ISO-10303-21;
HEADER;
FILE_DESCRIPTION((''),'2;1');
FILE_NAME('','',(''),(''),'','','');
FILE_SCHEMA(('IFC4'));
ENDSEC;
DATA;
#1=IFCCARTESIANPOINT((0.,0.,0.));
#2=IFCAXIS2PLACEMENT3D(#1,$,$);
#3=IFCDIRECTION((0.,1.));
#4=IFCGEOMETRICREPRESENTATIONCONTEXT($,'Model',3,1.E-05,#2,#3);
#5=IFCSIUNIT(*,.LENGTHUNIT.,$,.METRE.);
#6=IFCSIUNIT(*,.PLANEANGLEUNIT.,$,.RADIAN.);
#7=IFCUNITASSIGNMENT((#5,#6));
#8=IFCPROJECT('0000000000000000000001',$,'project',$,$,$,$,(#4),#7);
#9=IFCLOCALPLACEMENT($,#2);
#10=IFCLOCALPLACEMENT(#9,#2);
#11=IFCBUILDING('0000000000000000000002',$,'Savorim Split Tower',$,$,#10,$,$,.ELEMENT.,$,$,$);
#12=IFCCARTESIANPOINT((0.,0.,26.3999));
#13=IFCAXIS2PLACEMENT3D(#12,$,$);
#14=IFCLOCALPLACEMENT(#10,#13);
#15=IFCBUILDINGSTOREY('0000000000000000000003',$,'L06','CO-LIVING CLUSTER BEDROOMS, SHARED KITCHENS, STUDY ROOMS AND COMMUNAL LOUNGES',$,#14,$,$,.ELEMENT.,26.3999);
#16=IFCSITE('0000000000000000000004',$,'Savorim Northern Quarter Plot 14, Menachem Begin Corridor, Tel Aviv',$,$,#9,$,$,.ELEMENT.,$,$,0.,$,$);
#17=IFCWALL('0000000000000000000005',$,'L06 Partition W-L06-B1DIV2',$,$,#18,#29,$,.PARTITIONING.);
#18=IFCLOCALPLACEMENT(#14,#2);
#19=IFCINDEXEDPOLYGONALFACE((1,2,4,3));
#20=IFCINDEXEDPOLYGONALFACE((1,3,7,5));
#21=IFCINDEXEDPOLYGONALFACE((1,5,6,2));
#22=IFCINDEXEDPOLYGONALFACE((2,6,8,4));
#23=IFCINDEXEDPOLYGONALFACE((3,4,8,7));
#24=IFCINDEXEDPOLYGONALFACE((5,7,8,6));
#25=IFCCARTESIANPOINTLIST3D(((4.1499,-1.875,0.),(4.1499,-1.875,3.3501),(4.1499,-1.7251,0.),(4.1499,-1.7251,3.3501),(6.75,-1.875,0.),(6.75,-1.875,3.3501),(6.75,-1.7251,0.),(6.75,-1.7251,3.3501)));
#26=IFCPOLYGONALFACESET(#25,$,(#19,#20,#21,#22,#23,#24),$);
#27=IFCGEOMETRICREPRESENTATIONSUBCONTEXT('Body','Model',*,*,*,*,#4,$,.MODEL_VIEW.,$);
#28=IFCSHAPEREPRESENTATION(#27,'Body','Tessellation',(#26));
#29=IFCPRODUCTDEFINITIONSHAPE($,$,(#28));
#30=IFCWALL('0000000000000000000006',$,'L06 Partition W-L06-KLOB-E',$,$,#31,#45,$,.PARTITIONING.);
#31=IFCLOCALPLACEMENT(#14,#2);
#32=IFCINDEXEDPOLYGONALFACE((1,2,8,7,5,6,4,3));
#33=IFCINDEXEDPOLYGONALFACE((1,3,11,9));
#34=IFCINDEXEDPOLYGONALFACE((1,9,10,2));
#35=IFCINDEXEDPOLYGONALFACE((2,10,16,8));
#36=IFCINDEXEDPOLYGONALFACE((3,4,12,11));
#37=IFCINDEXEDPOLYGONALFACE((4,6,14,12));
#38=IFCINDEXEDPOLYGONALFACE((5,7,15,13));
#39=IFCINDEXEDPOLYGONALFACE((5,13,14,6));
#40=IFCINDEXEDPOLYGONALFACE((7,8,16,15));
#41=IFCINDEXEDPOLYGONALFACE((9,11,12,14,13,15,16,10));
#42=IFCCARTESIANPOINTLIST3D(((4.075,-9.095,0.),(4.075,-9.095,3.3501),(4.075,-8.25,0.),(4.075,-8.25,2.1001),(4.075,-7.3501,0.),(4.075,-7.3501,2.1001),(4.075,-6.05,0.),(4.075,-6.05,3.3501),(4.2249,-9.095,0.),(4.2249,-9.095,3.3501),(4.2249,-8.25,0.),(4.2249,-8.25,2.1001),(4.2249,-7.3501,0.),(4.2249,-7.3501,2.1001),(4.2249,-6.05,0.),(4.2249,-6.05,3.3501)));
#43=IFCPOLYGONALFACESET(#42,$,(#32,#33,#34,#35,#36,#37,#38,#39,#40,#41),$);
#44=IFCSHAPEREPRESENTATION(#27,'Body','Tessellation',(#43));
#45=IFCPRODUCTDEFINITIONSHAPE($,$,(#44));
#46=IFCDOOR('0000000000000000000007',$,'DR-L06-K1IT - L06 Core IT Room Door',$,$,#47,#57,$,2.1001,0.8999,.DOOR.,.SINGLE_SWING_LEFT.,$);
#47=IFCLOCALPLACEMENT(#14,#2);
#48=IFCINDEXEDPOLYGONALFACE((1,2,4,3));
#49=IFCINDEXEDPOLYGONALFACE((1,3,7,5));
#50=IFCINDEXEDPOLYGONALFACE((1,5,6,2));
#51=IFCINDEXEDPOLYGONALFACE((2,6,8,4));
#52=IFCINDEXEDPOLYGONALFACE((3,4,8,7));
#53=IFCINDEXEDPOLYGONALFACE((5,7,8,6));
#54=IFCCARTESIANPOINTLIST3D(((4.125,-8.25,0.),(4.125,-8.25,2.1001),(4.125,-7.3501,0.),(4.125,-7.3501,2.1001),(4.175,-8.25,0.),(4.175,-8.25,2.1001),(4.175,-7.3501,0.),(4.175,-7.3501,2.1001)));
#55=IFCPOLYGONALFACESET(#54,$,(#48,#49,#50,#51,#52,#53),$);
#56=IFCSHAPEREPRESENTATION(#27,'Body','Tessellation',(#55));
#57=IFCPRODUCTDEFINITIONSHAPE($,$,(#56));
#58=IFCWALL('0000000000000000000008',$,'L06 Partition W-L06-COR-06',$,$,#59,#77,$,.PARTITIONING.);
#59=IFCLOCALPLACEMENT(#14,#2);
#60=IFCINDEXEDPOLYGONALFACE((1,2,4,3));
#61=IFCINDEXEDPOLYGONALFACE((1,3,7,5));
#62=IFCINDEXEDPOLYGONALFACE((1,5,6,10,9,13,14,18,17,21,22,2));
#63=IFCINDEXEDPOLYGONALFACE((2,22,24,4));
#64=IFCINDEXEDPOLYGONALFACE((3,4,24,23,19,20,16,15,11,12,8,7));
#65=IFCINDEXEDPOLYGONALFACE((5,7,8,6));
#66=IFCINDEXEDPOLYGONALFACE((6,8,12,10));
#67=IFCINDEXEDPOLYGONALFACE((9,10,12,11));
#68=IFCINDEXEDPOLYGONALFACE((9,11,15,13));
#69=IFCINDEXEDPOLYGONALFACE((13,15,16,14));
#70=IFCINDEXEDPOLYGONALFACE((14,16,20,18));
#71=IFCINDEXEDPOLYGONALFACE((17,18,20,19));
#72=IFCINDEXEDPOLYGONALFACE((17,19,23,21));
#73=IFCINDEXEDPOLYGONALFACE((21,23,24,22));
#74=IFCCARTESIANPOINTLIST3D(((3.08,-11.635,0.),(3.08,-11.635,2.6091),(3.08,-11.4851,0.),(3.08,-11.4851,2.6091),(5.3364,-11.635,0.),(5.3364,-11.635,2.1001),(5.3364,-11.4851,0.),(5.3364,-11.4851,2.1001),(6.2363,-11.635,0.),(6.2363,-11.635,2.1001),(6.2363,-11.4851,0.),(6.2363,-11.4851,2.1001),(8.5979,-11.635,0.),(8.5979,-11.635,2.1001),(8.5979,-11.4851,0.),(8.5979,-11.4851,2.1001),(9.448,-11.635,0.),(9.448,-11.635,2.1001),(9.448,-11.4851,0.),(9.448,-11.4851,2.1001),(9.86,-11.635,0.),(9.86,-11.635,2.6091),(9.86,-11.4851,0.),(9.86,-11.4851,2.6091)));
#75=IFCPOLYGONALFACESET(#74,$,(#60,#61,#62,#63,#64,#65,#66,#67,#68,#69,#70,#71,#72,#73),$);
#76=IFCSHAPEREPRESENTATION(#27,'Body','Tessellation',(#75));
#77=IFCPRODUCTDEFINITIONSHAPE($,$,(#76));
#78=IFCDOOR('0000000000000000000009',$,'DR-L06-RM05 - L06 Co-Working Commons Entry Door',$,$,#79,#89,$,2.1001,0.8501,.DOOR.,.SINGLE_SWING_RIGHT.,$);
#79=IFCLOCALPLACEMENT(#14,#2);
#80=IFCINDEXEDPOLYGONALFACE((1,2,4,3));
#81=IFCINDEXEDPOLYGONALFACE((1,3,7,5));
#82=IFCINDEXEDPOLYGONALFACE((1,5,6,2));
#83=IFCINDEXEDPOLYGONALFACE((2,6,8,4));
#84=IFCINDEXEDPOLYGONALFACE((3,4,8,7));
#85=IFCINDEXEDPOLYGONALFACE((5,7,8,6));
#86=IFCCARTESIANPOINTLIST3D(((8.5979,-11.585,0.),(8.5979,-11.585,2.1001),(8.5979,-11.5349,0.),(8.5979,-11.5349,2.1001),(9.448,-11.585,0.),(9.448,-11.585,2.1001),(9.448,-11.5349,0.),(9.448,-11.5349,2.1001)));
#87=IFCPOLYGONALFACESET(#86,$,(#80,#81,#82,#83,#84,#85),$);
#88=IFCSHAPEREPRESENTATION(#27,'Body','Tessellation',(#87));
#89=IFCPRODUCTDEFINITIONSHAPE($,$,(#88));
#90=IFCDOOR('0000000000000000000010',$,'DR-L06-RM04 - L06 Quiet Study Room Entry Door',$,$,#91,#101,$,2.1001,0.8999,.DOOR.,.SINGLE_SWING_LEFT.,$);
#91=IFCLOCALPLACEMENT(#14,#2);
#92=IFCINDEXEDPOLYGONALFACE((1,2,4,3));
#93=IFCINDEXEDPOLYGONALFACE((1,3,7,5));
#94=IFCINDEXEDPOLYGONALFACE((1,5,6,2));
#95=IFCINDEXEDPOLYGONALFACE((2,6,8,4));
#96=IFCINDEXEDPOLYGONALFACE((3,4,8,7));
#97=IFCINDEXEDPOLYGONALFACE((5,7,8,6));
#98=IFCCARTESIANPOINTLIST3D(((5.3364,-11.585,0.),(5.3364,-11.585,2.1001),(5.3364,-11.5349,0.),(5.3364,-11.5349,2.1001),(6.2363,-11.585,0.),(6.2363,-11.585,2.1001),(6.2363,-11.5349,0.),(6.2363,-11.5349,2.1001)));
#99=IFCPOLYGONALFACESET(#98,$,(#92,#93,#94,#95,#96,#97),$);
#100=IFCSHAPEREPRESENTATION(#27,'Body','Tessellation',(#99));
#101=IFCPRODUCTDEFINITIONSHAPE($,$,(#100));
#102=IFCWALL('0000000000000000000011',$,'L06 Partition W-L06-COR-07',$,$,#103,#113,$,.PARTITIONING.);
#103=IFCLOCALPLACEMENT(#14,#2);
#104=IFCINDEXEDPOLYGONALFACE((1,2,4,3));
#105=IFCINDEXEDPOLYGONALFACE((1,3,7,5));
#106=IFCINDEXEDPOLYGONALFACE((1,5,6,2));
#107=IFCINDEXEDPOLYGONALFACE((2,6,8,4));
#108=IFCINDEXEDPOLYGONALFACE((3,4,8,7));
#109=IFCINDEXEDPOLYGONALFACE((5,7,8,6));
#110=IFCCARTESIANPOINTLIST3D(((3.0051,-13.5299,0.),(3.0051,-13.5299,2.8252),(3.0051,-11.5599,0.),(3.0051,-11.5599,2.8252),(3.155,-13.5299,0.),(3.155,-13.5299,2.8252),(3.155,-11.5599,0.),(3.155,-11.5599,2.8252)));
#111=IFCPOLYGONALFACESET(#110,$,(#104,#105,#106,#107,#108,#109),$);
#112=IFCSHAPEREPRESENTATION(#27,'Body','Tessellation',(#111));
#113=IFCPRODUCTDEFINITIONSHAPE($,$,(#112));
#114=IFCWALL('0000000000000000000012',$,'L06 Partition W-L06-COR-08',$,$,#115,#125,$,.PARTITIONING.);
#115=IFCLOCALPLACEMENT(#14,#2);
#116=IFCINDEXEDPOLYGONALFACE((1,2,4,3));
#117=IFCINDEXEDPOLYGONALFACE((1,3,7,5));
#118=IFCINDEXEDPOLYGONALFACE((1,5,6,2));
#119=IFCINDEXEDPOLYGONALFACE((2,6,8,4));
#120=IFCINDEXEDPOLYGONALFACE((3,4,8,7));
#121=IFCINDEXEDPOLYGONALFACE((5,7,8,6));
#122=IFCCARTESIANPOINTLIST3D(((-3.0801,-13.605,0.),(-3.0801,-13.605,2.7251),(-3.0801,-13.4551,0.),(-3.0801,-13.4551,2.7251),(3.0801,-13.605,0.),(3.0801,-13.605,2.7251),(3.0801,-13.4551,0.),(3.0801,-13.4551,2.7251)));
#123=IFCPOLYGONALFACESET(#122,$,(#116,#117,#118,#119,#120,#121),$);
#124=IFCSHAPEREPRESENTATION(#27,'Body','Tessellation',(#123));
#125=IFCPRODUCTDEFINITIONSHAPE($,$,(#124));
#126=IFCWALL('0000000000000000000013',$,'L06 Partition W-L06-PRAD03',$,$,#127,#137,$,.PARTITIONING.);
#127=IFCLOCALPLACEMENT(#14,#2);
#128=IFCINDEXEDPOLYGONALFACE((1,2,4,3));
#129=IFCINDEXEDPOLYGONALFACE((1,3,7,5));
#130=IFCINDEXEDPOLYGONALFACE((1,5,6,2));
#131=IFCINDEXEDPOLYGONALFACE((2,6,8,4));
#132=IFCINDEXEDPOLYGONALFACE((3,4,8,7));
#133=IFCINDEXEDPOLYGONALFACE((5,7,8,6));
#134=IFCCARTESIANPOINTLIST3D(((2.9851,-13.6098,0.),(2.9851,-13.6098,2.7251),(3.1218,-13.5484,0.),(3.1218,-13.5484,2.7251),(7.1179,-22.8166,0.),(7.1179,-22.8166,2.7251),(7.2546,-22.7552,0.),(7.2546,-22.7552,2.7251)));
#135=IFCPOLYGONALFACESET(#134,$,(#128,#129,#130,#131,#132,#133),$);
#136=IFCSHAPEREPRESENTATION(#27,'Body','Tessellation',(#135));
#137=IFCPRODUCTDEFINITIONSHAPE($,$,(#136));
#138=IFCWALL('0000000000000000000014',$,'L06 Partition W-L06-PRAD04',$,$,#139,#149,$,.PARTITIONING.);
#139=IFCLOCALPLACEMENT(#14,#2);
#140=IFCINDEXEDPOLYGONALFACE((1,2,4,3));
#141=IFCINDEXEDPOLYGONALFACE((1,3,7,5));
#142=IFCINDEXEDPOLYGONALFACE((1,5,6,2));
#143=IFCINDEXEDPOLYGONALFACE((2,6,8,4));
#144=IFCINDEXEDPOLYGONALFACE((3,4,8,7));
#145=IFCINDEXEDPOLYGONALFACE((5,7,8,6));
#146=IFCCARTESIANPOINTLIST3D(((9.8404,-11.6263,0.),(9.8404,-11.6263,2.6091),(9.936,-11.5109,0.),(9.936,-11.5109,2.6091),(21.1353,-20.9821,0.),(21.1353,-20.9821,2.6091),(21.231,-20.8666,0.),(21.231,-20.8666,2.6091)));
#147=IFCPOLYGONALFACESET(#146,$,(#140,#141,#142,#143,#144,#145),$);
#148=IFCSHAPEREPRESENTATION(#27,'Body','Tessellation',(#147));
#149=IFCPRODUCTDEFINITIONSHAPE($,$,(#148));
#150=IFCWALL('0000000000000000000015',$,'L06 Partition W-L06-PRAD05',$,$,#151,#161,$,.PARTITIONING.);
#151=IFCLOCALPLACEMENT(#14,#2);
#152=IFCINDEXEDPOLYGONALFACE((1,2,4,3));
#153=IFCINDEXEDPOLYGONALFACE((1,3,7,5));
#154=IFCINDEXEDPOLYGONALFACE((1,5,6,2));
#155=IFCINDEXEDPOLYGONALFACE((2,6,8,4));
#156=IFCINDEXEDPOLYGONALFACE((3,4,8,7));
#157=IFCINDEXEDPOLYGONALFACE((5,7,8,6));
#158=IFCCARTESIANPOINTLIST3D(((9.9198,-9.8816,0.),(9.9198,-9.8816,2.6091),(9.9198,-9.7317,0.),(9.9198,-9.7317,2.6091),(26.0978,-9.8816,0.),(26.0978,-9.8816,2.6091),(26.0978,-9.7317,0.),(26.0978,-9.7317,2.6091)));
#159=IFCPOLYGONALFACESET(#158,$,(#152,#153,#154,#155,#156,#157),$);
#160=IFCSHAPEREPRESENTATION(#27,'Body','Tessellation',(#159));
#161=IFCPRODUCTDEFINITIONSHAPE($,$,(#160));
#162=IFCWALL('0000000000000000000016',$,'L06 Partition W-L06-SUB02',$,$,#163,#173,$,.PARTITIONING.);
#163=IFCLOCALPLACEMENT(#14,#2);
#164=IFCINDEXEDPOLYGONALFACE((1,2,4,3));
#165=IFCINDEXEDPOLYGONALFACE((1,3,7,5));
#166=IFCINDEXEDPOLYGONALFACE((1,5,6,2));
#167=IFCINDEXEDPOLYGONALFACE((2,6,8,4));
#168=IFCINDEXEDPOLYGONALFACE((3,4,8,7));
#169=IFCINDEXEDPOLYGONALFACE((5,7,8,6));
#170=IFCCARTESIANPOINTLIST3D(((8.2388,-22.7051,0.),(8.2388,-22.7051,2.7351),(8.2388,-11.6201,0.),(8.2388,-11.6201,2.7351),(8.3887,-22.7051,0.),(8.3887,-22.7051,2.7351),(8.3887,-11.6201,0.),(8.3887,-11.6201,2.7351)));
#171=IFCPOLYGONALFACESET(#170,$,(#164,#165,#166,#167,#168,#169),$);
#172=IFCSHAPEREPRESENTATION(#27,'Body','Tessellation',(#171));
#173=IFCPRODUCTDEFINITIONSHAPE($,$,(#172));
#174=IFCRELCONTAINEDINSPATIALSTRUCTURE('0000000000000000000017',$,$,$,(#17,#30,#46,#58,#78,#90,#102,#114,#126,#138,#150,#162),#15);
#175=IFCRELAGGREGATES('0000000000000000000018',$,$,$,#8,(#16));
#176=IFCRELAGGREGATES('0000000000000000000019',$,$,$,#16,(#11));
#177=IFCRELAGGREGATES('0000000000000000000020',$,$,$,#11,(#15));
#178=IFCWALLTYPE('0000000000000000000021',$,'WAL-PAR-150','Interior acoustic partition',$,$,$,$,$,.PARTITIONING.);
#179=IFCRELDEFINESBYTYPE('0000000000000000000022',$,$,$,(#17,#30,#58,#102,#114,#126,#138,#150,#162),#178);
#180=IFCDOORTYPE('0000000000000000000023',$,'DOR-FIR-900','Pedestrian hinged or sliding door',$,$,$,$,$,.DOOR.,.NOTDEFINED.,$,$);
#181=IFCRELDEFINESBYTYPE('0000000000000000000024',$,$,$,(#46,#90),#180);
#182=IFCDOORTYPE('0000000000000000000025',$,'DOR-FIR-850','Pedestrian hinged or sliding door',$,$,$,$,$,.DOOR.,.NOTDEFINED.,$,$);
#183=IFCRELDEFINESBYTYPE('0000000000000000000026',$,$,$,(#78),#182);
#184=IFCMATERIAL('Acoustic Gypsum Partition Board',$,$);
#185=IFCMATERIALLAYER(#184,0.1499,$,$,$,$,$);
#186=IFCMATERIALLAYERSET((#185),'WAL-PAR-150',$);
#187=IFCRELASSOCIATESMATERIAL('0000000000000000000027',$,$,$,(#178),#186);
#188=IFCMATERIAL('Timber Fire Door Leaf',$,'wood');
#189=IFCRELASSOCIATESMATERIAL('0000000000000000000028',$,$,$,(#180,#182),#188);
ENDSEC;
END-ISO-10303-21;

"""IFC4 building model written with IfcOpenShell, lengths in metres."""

from ifc_helpers import new_model, si_unit, direction, frame, frame_2d, origin, place, context, subcontext, project, spatial, rectangle, extrude, material, layer, layer_set, type_object, element, fill, save


model = new_model("IFC4")

# Units and contexts
model_context = context("Model", 3, precision=1e-05, world=origin(), true_north=direction((0.0, 1.0)))
body_context = subcontext(model_context, "Body", "Model", "MODEL_VIEW")
ifc_project = project(units=[si_unit("LENGTHUNIT", "METRE"), si_unit("PLANEANGLEUNIT", "RADIAN")], contexts=[model_context])

# Site, building, storey
site_placement = place(None, origin())
site = spatial("IfcSite", under=ifc_project, at=site_placement, Name="Savorim Northern Quarter Plot 14, Menachem Begin Corridor, Tel Aviv", CompositionType="ELEMENT", RefElevation=0.0)
building_placement = place(site_placement, origin())
building = spatial("IfcBuilding", under=site, at=building_placement, Name="Savorim Split Tower", CompositionType="ELEMENT")
storey_placement = place(building_placement, frame((0.0, 0.0, 26.3999)))
storey = spatial("IfcBuildingStorey", under=building, at=storey_placement, Name="L06", Description="CO-LIVING CLUSTER BEDROOMS, SHARED KITCHENS, STUDY ROOMS AND COMMUNAL LOUNGES", CompositionType="ELEMENT", Elevation=26.3999)

# Wall
ifc_material_1 = material(Name="Acoustic Gypsum Partition Board")
ifc_layer_1 = layer(ifc_material_1, 0.1499)
ifc_layer_set_1 = layer_set([ifc_layer_1], Name="WAL-PAR-150")
wall_type_1 = type_object("IfcWallType", Name="WAL-PAR-150", Description="Interior acoustic partition", PredefinedType="PARTITIONING", material=ifc_layer_set_1)
for number, where, z_axis, x_axis, name in (
    (1, (4.1499, -1.8, 0.0), (0.0, 0.0, 1.0), (1.0, 0.0, 0.0), "L06 Partition W-L06-B1DIV2"),
):
    element("IfcWall", number, at=place(storey_placement, frame(where, z_axis=z_axis, x_axis=x_axis)), inside=storey, type_object=wall_type_1, Name=name, PredefinedType="PARTITIONING", context=body_context, shape_type="SweptSolid", body=[
        extrude(rectangle(XDim=2.6001, YDim=0.1499, at=frame_2d((1.3, 0.0))), origin(), (0.0, 0.0, 1.0), 3.3501),
    ])

# Wall, opening, door
wall_1_placement = place(storey_placement, frame((4.1499, -9.095, 0.0), z_axis=(0.0, 0.0, 1.0), x_axis=(0.0, 1.0, 0.0)))
wall_1 = element("IfcWall", 2, at=wall_1_placement, inside=storey, type_object=wall_type_1, Name="L06 Partition W-L06-KLOB-E", PredefinedType="PARTITIONING", context=body_context, shape_type="SweptSolid", body=[
    extrude(rectangle(XDim=3.0449, YDim=0.1499, at=frame_2d((1.5225, 0.0))), origin(), (0.0, 0.0, 1.0), 3.3501),
])
opening_1_placement = place(wall_1_placement, frame((0.845, 0.0, 0.0)))
opening_1 = element("IfcOpeningElement", 3, at=opening_1_placement, cuts=wall_1, PredefinedType="OPENING", context=body_context, shape_type="SweptSolid", body=[
    extrude(rectangle(XDim=0.8999, YDim=2.1001, at=frame_2d((0.45, 1.05))), frame((0.0, 0.085, 0.0), z_axis=(0.0, -1.0, 0.0), x_axis=(1.0, 0.0, 0.0)), (0.0, 0.0, 1.0), 0.1699),
])
ifc_material_2 = material(Name="Timber Fire Door Leaf", Category="wood")
door_type_1 = type_object("IfcDoorType", Name="DOR-FIR-900", Description="Pedestrian hinged or sliding door", OperationType="NOTDEFINED", PredefinedType="DOOR", material=ifc_material_2)
door_1_placement = place(opening_1_placement, origin())
door_1 = element("IfcDoor", 4, at=door_1_placement, inside=storey, type_object=door_type_1, Name="DR-L06-K1IT - L06 Core IT Room Door", OperationType="SINGLE_SWING_LEFT", OverallHeight=2.1001, OverallWidth=0.8999, PredefinedType="DOOR", context=body_context, shape_type="SweptSolid", body=[
    extrude(rectangle(XDim=0.8999, YDim=2.1001, at=frame_2d((0.45, 1.05))), frame((0.0, 0.0249, 0.0), z_axis=(0.0, -1.0, 0.0), x_axis=(1.0, 0.0, 0.0)), (0.0, 0.0, 1.0), 0.05),
])
fill(opening_1, door_1)

# Wall, openings, doors
wall_2_placement = place(storey_placement, frame((9.8601, -11.5601, 0.0), z_axis=(0.0, 0.0, 1.0), x_axis=(-1.0, 0.0, 0.0)))
wall_2 = element("IfcWall", 5, at=wall_2_placement, inside=storey, type_object=wall_type_1, Name="L06 Partition W-L06-COR-06", PredefinedType="PARTITIONING", context=body_context, shape_type="SweptSolid", body=[
    extrude(rectangle(XDim=6.78, YDim=0.1499, at=frame_2d((3.3901, 0.0))), origin(), (0.0, 0.0, 1.0), 2.6091),
])
opening_2_placement = place(wall_2_placement, frame((3.6238, 0.0, 0.0)))
opening_2 = element("IfcOpeningElement", 6, at=opening_2_placement, cuts=wall_2, PredefinedType="OPENING", context=body_context, shape_type="SweptSolid", body=[
    extrude(rectangle(XDim=0.8999, YDim=2.1001, at=frame_2d((0.45, 1.05))), frame((0.0, 0.085, 0.0), z_axis=(0.0, -1.0, 0.0), x_axis=(1.0, 0.0, 0.0)), (0.0, 0.0, 1.0), 0.1699),
])
opening_3_placement = place(wall_2_placement, frame((0.4121, 0.0, 0.0)))
opening_3 = element("IfcOpeningElement", 7, at=opening_3_placement, cuts=wall_2, PredefinedType="OPENING", context=body_context, shape_type="SweptSolid", body=[
    extrude(rectangle(XDim=0.8501, YDim=2.1001, at=frame_2d((0.425, 1.05))), frame((0.0, 0.085, 0.0), z_axis=(0.0, -1.0, 0.0), x_axis=(1.0, 0.0, 0.0)), (0.0, 0.0, 1.0), 0.1699),
])
door_type_2 = type_object("IfcDoorType", Name="DOR-FIR-850", Description="Pedestrian hinged or sliding door", OperationType="NOTDEFINED", PredefinedType="DOOR", material=ifc_material_2)
door_2_placement = place(opening_3_placement, origin())
door_2 = element("IfcDoor", 8, at=door_2_placement, inside=storey, type_object=door_type_2, Name="DR-L06-RM05 - L06 Co-Working Commons Entry Door", OperationType="SINGLE_SWING_RIGHT", OverallHeight=2.1001, OverallWidth=0.8501, PredefinedType="DOOR", context=body_context, shape_type="SweptSolid", body=[
    extrude(rectangle(XDim=0.8501, YDim=2.1001, at=frame_2d((0.425, 1.05))), frame((0.0, 0.0249, 0.0), z_axis=(0.0, -1.0, 0.0), x_axis=(1.0, 0.0, 0.0)), (0.0, 0.0, 1.0), 0.05),
])
fill(opening_3, door_2)
door_3_placement = place(opening_2_placement, origin())
door_3 = element("IfcDoor", 9, at=door_3_placement, inside=storey, type_object=door_type_1, Name="DR-L06-RM04 - L06 Quiet Study Room Entry Door", OperationType="SINGLE_SWING_LEFT", OverallHeight=2.1001, OverallWidth=0.8999, PredefinedType="DOOR", context=body_context, shape_type="SweptSolid", body=[
    extrude(rectangle(XDim=0.8999, YDim=2.1001, at=frame_2d((0.45, 1.05))), frame((0.0, 0.0249, 0.0), z_axis=(0.0, -1.0, 0.0), x_axis=(1.0, 0.0, 0.0)), (0.0, 0.0, 1.0), 0.05),
])
fill(opening_2, door_3)

# Walls
wall_3_placement = place(storey_placement, frame((3.0801, -11.5601, 0.0), z_axis=(0.0, 0.0, 1.0), x_axis=(0.0, -1.0, 0.0)))
element("IfcWall", 10, at=wall_3_placement, inside=storey, type_object=wall_type_1, Name="L06 Partition W-L06-COR-07", PredefinedType="PARTITIONING", context=body_context, shape_type="SweptSolid", body=[
    extrude(rectangle(XDim=1.97, YDim=0.1499, at=frame_2d((0.9849, 0.0))), origin(), (0.0, 0.0, 1.0), 2.8252),
])
wall_4_placement = place(storey_placement, frame((3.0801, -13.53, 0.0), z_axis=(0.0, 0.0, 1.0), x_axis=(-1.0, 0.0, 0.0)))
element("IfcWall", 11, at=wall_4_placement, inside=storey, type_object=wall_type_1, Name="L06 Partition W-L06-COR-08", PredefinedType="PARTITIONING", context=body_context, shape_type="SweptSolid", body=[
    extrude(rectangle(XDim=6.1602, YDim=0.1499, at=frame_2d((3.0801, 0.0))), origin(), (0.0, 0.0, 1.0), 2.7251),
])
wall_5_placement = place(storey_placement, frame((3.0535, -13.5791, 0.0), z_axis=(0.0, 0.0, 1.0), x_axis=(0.409521, -0.912301, 0.0)))
element("IfcWall", 12, at=wall_5_placement, inside=storey, type_object=wall_type_1, Name="L06 Partition W-L06-PRAD03", PredefinedType="PARTITIONING", context=body_context, shape_type="SweptSolid", body=[
    extrude(rectangle(XDim=10.0918, YDim=0.1499, at=frame_2d((5.0459, 0.0))), origin(), (0.0, 0.0, 1.0), 2.7251),
])
wall_6_placement = place(storey_placement, frame((9.8882, -11.5686, 0.0), z_axis=(0.0, 0.0, 1.0), x_axis=(0.77012, -0.637899, 0.0)))
element("IfcWall", 13, at=wall_6_placement, inside=storey, type_object=wall_type_1, Name="L06 Partition W-L06-PRAD04", PredefinedType="PARTITIONING", context=body_context, shape_type="SweptSolid", body=[
    extrude(rectangle(XDim=14.6665, YDim=0.1499, at=frame_2d((7.3333, 0.0))), origin(), (0.0, 0.0, 1.0), 2.6091),
])
wall_7_placement = place(storey_placement, frame((9.9199, -9.8066, 0.0), z_axis=(0.0, 0.0, 1.0), x_axis=(1.0, 0.0, 0.0)))
element("IfcWall", 14, at=wall_7_placement, inside=storey, type_object=wall_type_1, Name="L06 Partition W-L06-PRAD05", PredefinedType="PARTITIONING", context=body_context, shape_type="SweptSolid", body=[
    extrude(rectangle(XDim=16.178, YDim=0.1499, at=frame_2d((8.0889, 0.0))), origin(), (0.0, 0.0, 1.0), 2.6091),
])
wall_8_placement = place(storey_placement, frame((8.3137, -11.6201, 0.0), z_axis=(0.0, 0.0, 1.0), x_axis=(0.0, -1.0, 0.0)))
element("IfcWall", 15, at=wall_8_placement, inside=storey, type_object=wall_type_1, Name="L06 Partition W-L06-SUB02", PredefinedType="PARTITIONING", context=body_context, shape_type="SweptSolid", body=[
    extrude(rectangle(XDim=11.085, YDim=0.1499, at=frame_2d((5.5425, 0.0))), origin(), (0.0, 0.0, 1.0), 2.7351),
])

save(model, "model.ifc")
